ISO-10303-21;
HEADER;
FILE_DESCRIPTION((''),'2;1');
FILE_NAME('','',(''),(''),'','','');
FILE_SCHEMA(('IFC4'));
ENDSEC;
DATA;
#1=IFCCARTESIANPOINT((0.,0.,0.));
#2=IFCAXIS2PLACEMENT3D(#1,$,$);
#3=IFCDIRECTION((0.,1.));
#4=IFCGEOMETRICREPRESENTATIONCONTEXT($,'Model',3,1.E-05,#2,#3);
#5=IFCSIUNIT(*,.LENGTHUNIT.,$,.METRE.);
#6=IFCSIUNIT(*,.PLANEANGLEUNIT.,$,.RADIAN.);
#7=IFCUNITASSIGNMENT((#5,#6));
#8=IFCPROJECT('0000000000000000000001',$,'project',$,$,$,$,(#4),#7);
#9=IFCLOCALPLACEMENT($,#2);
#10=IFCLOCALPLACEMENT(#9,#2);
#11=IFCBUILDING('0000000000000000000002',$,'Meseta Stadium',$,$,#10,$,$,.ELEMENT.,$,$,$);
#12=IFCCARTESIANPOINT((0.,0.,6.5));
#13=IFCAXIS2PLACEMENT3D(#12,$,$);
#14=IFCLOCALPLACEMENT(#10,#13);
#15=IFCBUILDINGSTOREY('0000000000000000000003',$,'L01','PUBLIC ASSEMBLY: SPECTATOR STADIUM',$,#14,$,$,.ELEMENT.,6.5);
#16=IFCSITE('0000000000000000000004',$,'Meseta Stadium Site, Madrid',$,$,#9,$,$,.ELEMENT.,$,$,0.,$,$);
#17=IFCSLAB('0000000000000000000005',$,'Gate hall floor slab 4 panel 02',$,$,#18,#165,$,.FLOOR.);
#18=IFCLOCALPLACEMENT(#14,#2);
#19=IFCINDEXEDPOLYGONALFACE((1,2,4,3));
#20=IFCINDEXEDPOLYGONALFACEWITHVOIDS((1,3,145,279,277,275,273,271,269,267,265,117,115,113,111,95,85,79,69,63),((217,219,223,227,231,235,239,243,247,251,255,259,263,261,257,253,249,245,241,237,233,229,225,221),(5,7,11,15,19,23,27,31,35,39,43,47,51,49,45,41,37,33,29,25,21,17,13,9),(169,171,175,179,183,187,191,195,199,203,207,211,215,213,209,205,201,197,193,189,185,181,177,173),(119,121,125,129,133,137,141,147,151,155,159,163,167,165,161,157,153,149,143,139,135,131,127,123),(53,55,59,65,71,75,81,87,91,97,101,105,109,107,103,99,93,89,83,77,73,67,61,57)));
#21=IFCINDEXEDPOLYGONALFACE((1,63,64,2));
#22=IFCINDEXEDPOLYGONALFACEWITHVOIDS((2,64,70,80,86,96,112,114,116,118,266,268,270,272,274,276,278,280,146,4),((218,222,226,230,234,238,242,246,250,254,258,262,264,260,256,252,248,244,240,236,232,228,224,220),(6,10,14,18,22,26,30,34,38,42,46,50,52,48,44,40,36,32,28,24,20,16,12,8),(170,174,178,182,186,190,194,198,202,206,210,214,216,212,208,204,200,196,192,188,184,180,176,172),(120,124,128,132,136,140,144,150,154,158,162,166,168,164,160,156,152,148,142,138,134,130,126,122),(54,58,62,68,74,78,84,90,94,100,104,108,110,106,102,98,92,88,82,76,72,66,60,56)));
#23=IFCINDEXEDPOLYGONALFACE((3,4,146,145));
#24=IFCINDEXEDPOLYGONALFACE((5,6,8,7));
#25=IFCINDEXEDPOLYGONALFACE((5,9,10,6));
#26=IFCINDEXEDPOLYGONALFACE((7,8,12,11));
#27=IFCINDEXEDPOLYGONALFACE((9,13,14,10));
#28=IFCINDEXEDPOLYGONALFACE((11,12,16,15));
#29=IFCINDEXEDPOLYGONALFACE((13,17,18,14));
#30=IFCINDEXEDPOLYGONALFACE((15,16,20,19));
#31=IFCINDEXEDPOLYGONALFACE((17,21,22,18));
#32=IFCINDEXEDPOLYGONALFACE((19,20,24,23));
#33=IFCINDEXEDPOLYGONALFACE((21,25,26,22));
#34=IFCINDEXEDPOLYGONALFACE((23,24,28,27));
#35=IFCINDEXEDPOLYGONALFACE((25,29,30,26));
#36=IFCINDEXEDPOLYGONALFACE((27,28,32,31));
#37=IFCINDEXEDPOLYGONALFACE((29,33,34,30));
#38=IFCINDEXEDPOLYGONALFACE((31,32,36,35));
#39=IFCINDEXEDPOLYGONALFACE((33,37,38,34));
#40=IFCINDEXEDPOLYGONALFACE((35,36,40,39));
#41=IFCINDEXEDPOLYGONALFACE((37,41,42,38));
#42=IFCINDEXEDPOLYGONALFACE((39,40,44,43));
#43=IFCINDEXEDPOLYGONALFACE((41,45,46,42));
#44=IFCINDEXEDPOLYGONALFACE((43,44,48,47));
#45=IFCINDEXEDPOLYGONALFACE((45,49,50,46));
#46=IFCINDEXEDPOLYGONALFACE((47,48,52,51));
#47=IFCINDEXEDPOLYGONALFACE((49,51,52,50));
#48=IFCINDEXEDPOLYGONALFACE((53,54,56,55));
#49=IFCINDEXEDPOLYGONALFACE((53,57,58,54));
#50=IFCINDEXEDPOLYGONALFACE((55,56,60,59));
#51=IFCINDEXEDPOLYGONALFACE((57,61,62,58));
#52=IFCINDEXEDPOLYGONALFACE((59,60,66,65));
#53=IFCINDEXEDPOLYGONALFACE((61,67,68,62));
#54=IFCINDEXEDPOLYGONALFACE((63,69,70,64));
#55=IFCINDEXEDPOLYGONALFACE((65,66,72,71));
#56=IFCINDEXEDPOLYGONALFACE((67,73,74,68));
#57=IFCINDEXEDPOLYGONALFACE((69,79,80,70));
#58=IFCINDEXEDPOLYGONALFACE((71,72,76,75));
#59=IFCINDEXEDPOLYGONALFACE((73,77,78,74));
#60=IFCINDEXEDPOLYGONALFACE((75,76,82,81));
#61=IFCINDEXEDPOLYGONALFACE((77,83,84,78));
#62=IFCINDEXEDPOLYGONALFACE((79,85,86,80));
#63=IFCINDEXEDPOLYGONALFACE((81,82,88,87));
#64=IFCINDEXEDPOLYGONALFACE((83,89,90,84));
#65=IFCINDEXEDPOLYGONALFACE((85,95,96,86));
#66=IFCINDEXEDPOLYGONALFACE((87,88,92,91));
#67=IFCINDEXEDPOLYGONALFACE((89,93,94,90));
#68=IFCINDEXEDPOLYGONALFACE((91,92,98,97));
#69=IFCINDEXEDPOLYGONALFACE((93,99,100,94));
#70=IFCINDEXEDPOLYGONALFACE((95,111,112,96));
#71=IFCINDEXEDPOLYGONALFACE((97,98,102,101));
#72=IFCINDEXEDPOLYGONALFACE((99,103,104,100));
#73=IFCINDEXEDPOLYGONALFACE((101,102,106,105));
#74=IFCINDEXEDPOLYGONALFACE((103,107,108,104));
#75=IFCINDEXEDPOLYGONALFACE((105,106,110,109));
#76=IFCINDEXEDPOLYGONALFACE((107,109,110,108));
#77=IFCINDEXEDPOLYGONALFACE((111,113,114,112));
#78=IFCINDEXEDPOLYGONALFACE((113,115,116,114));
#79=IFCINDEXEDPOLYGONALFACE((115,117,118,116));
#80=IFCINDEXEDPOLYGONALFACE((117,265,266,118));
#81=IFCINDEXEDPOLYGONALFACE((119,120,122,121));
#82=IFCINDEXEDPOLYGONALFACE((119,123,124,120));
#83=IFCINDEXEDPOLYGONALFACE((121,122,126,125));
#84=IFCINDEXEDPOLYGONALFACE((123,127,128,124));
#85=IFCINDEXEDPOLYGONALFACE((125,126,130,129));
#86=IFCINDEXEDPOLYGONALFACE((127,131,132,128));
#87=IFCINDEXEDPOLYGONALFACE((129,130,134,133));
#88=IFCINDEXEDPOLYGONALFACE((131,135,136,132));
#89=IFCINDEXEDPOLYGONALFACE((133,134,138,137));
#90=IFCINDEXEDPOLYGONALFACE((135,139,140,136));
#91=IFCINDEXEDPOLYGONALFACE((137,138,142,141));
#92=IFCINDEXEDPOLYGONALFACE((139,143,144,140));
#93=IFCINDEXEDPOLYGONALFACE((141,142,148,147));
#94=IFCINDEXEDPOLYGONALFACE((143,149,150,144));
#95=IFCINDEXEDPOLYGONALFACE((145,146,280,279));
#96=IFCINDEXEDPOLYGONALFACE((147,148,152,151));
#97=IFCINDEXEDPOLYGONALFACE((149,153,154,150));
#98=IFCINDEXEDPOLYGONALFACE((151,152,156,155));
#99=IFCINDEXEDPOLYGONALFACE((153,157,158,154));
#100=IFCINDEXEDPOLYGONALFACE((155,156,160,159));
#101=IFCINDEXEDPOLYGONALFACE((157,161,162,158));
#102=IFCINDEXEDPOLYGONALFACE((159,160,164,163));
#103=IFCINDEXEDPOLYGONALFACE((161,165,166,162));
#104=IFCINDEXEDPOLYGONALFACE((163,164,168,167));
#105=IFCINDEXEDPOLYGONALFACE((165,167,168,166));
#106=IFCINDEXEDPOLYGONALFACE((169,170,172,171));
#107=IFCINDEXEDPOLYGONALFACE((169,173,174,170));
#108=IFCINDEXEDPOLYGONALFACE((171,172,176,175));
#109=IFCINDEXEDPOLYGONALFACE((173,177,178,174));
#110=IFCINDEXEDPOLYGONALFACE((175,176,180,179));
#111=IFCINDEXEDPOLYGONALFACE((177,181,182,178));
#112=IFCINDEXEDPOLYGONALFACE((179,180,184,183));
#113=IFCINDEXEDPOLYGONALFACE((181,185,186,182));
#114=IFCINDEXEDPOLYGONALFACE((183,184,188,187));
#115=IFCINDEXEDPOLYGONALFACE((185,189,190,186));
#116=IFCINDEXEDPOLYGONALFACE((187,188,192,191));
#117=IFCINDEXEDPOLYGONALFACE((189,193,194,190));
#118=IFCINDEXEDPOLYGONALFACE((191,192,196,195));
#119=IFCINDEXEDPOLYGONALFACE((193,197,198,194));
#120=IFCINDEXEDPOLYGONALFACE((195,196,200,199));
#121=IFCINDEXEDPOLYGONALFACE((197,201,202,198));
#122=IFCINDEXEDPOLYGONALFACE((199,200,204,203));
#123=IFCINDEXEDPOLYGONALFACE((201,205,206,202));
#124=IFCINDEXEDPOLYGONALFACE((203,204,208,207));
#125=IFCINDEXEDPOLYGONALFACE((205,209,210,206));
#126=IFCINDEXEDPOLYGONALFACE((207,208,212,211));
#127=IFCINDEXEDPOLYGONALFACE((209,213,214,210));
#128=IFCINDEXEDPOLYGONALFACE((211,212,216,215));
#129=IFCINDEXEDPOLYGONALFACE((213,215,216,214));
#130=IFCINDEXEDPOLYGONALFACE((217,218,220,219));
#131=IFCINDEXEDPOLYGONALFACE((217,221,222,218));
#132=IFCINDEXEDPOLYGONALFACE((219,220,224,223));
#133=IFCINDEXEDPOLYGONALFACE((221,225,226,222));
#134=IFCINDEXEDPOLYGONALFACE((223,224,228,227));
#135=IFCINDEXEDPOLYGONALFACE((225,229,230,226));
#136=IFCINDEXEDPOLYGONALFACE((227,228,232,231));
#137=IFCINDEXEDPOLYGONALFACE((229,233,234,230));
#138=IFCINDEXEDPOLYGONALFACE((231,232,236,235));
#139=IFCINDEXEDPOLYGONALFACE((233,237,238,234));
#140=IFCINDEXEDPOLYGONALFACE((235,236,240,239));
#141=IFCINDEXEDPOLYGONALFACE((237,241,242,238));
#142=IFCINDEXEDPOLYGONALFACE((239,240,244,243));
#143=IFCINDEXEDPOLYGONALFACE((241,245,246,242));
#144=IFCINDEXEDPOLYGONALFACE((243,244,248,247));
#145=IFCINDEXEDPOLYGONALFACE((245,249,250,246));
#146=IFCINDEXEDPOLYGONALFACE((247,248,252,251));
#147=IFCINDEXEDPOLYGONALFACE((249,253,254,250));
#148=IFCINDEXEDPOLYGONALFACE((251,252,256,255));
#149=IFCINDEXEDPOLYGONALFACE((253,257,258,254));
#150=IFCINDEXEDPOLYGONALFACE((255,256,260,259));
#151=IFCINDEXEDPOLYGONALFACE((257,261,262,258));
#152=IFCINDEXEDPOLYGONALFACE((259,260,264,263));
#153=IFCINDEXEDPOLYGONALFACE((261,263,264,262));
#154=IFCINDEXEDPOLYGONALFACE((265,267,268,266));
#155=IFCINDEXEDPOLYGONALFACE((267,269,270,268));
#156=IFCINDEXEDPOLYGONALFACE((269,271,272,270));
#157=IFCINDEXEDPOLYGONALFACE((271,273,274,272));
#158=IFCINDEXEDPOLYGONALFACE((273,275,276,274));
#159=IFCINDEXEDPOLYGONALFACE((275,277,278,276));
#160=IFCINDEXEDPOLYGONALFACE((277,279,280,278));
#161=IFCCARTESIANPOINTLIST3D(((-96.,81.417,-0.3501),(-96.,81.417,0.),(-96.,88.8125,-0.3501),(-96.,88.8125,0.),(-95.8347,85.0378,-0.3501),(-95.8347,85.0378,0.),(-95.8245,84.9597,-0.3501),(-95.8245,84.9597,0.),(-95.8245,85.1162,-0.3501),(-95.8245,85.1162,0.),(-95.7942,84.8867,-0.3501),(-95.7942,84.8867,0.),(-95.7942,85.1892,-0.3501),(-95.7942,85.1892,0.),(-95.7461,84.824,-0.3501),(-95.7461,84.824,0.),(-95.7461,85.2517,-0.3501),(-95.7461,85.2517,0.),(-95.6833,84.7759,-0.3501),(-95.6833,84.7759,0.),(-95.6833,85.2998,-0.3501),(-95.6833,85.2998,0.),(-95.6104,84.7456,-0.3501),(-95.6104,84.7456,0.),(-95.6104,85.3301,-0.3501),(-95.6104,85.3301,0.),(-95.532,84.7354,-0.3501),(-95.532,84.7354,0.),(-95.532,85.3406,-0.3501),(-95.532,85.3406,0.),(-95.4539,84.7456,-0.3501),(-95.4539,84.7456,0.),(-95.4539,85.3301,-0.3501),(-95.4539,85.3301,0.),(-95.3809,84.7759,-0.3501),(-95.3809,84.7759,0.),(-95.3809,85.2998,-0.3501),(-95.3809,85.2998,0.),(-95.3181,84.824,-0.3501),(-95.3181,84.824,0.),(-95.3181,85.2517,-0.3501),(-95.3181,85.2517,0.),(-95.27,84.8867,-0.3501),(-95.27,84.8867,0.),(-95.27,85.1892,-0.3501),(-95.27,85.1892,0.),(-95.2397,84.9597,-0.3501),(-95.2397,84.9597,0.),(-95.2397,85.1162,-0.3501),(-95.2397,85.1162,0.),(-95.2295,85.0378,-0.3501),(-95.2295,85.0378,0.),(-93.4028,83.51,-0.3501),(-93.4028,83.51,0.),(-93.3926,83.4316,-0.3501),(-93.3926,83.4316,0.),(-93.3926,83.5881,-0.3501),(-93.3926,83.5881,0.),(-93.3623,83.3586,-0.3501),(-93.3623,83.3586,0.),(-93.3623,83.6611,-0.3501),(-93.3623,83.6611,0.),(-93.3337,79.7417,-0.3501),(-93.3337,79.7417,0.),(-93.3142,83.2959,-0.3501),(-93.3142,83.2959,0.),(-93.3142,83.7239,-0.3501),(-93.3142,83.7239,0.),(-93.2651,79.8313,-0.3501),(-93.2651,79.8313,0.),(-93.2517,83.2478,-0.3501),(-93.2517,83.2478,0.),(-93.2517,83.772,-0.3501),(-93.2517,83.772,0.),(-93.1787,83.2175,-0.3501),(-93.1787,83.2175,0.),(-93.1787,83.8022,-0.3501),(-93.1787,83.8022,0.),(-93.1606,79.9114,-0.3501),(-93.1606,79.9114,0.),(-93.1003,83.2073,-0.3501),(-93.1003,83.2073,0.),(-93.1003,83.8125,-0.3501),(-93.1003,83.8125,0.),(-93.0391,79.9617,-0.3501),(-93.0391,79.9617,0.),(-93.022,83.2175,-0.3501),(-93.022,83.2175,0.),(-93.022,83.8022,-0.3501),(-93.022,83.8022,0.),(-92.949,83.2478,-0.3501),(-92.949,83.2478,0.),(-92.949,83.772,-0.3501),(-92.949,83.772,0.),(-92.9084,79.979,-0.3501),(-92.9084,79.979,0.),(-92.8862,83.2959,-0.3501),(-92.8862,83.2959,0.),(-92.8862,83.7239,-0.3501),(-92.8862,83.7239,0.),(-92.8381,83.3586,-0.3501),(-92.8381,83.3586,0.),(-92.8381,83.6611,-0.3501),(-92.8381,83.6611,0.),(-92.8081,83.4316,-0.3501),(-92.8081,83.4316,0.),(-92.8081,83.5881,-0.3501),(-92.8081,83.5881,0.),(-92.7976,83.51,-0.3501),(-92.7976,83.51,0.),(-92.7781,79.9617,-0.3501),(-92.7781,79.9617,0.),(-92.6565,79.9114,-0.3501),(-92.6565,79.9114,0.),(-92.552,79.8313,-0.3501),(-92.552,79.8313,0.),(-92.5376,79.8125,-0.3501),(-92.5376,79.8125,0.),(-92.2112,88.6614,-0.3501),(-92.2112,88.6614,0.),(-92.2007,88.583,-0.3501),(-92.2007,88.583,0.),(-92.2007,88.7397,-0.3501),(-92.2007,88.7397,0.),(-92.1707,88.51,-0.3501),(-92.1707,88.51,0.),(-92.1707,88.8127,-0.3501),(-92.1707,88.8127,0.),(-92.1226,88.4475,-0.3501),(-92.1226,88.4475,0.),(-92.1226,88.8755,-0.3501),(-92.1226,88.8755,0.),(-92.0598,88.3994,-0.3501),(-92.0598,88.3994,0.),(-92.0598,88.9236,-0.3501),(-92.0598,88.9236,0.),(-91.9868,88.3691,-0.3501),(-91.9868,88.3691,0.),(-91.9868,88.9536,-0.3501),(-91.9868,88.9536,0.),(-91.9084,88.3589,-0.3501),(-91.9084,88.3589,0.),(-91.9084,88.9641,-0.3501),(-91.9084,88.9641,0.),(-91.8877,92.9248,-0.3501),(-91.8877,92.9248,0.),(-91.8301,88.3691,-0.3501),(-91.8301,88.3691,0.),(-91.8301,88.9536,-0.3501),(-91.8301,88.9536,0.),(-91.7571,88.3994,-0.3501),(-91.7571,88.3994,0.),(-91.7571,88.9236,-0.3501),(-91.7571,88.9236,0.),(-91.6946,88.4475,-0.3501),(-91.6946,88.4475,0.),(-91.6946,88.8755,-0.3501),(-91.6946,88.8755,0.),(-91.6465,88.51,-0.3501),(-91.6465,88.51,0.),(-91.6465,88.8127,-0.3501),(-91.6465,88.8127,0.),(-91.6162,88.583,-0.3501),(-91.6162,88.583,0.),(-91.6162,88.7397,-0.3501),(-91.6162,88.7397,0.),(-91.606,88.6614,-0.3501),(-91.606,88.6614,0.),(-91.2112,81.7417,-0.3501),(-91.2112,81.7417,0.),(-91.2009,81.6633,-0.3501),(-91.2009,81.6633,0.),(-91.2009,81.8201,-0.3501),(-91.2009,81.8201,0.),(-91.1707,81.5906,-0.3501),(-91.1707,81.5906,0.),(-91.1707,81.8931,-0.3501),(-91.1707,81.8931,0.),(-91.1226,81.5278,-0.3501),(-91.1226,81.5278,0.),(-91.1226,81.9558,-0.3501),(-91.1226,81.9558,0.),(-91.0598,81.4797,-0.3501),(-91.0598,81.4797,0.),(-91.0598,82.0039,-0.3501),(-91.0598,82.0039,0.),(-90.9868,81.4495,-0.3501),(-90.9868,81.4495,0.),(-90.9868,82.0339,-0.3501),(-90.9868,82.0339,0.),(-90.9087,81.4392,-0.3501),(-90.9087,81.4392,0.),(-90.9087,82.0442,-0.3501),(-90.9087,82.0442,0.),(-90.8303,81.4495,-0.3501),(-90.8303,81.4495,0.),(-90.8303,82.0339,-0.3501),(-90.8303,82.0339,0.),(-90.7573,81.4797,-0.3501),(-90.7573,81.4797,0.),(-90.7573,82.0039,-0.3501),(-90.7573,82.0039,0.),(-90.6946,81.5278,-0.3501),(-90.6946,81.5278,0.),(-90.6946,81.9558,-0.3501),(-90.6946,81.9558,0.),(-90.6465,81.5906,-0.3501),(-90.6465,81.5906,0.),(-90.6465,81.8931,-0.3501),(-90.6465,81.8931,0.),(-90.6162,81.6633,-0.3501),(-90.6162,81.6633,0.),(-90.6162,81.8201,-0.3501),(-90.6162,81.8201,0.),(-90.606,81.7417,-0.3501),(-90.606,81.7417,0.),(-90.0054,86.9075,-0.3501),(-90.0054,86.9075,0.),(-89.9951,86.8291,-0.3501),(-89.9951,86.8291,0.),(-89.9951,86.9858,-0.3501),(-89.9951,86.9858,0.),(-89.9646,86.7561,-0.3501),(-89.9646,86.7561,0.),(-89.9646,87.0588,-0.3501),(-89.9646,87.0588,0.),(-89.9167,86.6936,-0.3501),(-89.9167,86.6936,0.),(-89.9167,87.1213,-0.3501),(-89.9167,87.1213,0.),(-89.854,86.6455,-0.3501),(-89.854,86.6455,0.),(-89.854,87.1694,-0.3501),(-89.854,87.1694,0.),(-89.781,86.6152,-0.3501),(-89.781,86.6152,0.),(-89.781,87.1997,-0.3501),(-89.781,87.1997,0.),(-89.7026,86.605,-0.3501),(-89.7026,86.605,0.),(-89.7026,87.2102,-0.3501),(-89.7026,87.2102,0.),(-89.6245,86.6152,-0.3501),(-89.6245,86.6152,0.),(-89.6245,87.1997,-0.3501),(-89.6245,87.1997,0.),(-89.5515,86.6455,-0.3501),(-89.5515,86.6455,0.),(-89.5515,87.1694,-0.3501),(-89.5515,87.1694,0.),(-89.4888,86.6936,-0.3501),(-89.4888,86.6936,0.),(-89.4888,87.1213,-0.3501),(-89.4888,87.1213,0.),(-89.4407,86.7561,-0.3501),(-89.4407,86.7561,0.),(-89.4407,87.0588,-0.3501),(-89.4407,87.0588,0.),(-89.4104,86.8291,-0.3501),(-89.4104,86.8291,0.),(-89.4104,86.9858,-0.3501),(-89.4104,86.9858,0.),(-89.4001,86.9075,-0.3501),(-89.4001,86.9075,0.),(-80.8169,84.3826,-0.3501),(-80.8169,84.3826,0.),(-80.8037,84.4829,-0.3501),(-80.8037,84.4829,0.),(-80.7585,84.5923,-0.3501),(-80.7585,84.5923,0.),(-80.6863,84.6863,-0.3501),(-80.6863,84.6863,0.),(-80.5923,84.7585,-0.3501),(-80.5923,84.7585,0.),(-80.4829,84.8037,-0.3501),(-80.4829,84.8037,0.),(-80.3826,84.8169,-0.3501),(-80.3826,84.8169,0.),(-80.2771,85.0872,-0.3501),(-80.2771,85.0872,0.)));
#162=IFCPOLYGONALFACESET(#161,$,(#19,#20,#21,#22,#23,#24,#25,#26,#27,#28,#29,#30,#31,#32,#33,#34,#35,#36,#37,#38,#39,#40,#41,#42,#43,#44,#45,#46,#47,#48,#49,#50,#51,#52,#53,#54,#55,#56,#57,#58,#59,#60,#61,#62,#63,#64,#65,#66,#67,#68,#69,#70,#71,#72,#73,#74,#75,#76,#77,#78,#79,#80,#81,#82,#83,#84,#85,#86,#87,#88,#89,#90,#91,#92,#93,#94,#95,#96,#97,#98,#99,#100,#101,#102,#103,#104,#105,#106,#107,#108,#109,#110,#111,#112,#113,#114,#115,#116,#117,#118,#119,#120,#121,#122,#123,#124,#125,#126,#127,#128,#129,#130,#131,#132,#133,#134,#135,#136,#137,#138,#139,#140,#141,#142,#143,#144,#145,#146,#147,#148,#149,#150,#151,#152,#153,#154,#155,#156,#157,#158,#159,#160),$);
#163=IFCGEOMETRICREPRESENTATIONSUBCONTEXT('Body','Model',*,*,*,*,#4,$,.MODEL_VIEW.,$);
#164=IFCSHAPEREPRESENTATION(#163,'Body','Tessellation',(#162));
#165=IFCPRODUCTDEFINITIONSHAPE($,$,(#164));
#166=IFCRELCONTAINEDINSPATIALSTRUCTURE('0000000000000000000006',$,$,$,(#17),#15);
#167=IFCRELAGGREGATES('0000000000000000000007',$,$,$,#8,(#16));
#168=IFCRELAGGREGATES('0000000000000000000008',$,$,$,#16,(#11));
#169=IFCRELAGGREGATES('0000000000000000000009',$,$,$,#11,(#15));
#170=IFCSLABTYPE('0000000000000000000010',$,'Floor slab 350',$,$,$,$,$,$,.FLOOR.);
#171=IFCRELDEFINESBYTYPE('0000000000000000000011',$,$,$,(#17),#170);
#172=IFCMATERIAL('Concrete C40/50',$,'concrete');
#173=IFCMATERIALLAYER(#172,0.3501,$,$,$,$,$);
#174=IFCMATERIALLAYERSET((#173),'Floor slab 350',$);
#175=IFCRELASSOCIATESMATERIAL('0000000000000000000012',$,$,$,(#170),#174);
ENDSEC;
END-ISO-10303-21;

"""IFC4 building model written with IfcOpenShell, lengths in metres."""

from ifc_helpers import new_model, si_unit, direction, frame, origin, place, context, subcontext, project, spatial, polyline, outline, extrude, material, layer, layer_set, type_object, element, save


model = new_model("IFC4")

# Units and contexts
model_context = context("Model", 3, precision=1e-05, world=origin(), true_north=direction((0.0, 1.0)))
body_context = subcontext(model_context, "Body", "Model", "MODEL_VIEW")
ifc_project = project(units=[si_unit("LENGTHUNIT", "METRE"), si_unit("PLANEANGLEUNIT", "RADIAN")], contexts=[model_context])

# Site, building, storey
site_placement = place(None, origin())
site = spatial("IfcSite", under=ifc_project, at=site_placement, Name="Meseta Stadium Site, Madrid", CompositionType="ELEMENT", RefElevation=0.0)
building_placement = place(site_placement, origin())
building = spatial("IfcBuilding", under=site, at=building_placement, Name="Meseta Stadium", CompositionType="ELEMENT")
storey_placement = place(building_placement, frame((0.0, 0.0, 6.5)))
storey = spatial("IfcBuildingStorey", under=building, at=storey_placement, Name="L01", Description="PUBLIC ASSEMBLY: SPECTATOR STADIUM", CompositionType="ELEMENT", Elevation=6.5)

# Slab
ifc_material_1 = material(Name="Concrete C40/50", Category="concrete")
ifc_layer_1 = layer(ifc_material_1, 0.3501)
ifc_layer_set_1 = layer_set([ifc_layer_1], Name="Floor slab 350")
slab_type = type_object("IfcSlabType", Name="Floor slab 350", PredefinedType="FLOOR", material=ifc_layer_set_1)
slab_1_placement = place(storey_placement, frame((0.0, 0.0, -0.3501)))
element("IfcSlab", 1, at=slab_1_placement, inside=storey, type_object=slab_type, Name="Gate hall floor slab 4 panel 02", PredefinedType="FLOOR", context=body_context, shape_type="SweptSolid", body=[
    extrude(outline(polyline([(-92.7781, 79.9617), (-92.6565, 79.9114), (-92.552, 79.8313), (-92.5376, 79.8125), (-80.8169, 84.3826), (-80.8037, 84.4829), (-80.7585, 84.5923), (-80.6863, 84.6863), (-80.5923, 84.7585), (-80.4829, 84.8037), (-80.3826, 84.8169), (-80.2771, 85.0872), (-91.8877, 92.9248), (-96.0, 88.8125), (-96.0, 81.417), (-93.3337, 79.7417), (-93.2651, 79.8313), (-93.1606, 79.9114), (-93.0391, 79.9617), (-92.9084, 79.979), (-92.7781, 79.9617)]), holes=[polyline([(-91.0598, 82.0039), (-90.9868, 82.0339), (-90.9087, 82.0442), (-90.8303, 82.0339), (-90.7573, 82.0039), (-90.6946, 81.9558), (-90.6465, 81.8931), (-90.6162, 81.8201), (-90.606, 81.7417), (-90.6162, 81.6633), (-90.6465, 81.5906), (-90.6946, 81.5278), (-90.7573, 81.4797), (-90.8303, 81.4495), (-90.9087, 81.4392), (-90.9868, 81.4495), (-91.0598, 81.4797), (-91.1226, 81.5278), (-91.1707, 81.5906), (-91.2009, 81.6633), (-91.2112, 81.7417), (-91.2009, 81.8201), (-91.1707, 81.8931), (-91.1226, 81.9558), (-91.0598, 82.0039)]), polyline([(-93.2517, 83.772), (-93.1787, 83.8022), (-93.1003, 83.8125), (-93.022, 83.8022), (-92.949, 83.772), (-92.8862, 83.7239), (-92.8381, 83.6611), (-92.8081, 83.5881), (-92.7976, 83.51), (-92.8081, 83.4316), (-92.8381, 83.3586), (-92.8862, 83.2959), (-92.949, 83.2478), (-93.022, 83.2175), (-93.1003, 83.2073), (-93.1787, 83.2175), (-93.2517, 83.2478), (-93.3142, 83.2959), (-93.3623, 83.3586), (-93.3926, 83.4316), (-93.4028, 83.51), (-93.3926, 83.5881), (-93.3623, 83.6611), (-93.3142, 83.7239), (-93.2517, 83.772)]), polyline([(-95.6833, 85.2998), (-95.6104, 85.3301), (-95.532, 85.3406), (-95.4539, 85.3301), (-95.3809, 85.2998), (-95.3181, 85.2517), (-95.27, 85.1892), (-95.2397, 85.1162), (-95.2295, 85.0378), (-95.2397, 84.9597), (-95.27, 84.8867), (-95.3181, 84.824), (-95.3809, 84.7759), (-95.4539, 84.7456), (-95.532, 84.7354), (-95.6104, 84.7456), (-95.6833, 84.7759), (-95.7461, 84.824), (-95.7942, 84.8867), (-95.8245, 84.9597), (-95.8347, 85.0378), (-95.8245, 85.1162), (-95.7942, 85.1892), (-95.7461, 85.2517), (-95.6833, 85.2998)]), polyline([(-89.5515, 86.6455), (-89.6245, 86.6152), (-89.7026, 86.605), (-89.781, 86.6152), (-89.854, 86.6455), (-89.9167, 86.6936), (-89.9646, 86.7561), (-89.9951, 86.8291), (-90.0054, 86.9075), (-89.9951, 86.9858), (-89.9646, 87.0588), (-89.9167, 87.1213), (-89.854, 87.1694), (-89.781, 87.1997), (-89.7026, 87.2102), (-89.6245, 87.1997), (-89.5515, 87.1694), (-89.4888, 87.1213), (-89.4407, 87.0588), (-89.4104, 86.9858), (-89.4001, 86.9075), (-89.4104, 86.8291), (-89.4407, 86.7561), (-89.4888, 86.6936), (-89.5515, 86.6455)]), polyline([(-91.7571, 88.3994), (-91.8301, 88.3691), (-91.9084, 88.3589), (-91.9868, 88.3691), (-92.0598, 88.3994), (-92.1226, 88.4475), (-92.1707, 88.51), (-92.2007, 88.583), (-92.2112, 88.6614), (-92.2007, 88.7397), (-92.1707, 88.8127), (-92.1226, 88.8755), (-92.0598, 88.9236), (-91.9868, 88.9536), (-91.9084, 88.9641), (-91.8301, 88.9536), (-91.7571, 88.9236), (-91.6946, 88.8755), (-91.6465, 88.8127), (-91.6162, 88.7397), (-91.606, 88.6614), (-91.6162, 88.583), (-91.6465, 88.51), (-91.6946, 88.4475), (-91.7571, 88.3994)])]), origin(), (0.0, 0.0, 1.0), 0.3501),
])

save(model, "model.ifc")
